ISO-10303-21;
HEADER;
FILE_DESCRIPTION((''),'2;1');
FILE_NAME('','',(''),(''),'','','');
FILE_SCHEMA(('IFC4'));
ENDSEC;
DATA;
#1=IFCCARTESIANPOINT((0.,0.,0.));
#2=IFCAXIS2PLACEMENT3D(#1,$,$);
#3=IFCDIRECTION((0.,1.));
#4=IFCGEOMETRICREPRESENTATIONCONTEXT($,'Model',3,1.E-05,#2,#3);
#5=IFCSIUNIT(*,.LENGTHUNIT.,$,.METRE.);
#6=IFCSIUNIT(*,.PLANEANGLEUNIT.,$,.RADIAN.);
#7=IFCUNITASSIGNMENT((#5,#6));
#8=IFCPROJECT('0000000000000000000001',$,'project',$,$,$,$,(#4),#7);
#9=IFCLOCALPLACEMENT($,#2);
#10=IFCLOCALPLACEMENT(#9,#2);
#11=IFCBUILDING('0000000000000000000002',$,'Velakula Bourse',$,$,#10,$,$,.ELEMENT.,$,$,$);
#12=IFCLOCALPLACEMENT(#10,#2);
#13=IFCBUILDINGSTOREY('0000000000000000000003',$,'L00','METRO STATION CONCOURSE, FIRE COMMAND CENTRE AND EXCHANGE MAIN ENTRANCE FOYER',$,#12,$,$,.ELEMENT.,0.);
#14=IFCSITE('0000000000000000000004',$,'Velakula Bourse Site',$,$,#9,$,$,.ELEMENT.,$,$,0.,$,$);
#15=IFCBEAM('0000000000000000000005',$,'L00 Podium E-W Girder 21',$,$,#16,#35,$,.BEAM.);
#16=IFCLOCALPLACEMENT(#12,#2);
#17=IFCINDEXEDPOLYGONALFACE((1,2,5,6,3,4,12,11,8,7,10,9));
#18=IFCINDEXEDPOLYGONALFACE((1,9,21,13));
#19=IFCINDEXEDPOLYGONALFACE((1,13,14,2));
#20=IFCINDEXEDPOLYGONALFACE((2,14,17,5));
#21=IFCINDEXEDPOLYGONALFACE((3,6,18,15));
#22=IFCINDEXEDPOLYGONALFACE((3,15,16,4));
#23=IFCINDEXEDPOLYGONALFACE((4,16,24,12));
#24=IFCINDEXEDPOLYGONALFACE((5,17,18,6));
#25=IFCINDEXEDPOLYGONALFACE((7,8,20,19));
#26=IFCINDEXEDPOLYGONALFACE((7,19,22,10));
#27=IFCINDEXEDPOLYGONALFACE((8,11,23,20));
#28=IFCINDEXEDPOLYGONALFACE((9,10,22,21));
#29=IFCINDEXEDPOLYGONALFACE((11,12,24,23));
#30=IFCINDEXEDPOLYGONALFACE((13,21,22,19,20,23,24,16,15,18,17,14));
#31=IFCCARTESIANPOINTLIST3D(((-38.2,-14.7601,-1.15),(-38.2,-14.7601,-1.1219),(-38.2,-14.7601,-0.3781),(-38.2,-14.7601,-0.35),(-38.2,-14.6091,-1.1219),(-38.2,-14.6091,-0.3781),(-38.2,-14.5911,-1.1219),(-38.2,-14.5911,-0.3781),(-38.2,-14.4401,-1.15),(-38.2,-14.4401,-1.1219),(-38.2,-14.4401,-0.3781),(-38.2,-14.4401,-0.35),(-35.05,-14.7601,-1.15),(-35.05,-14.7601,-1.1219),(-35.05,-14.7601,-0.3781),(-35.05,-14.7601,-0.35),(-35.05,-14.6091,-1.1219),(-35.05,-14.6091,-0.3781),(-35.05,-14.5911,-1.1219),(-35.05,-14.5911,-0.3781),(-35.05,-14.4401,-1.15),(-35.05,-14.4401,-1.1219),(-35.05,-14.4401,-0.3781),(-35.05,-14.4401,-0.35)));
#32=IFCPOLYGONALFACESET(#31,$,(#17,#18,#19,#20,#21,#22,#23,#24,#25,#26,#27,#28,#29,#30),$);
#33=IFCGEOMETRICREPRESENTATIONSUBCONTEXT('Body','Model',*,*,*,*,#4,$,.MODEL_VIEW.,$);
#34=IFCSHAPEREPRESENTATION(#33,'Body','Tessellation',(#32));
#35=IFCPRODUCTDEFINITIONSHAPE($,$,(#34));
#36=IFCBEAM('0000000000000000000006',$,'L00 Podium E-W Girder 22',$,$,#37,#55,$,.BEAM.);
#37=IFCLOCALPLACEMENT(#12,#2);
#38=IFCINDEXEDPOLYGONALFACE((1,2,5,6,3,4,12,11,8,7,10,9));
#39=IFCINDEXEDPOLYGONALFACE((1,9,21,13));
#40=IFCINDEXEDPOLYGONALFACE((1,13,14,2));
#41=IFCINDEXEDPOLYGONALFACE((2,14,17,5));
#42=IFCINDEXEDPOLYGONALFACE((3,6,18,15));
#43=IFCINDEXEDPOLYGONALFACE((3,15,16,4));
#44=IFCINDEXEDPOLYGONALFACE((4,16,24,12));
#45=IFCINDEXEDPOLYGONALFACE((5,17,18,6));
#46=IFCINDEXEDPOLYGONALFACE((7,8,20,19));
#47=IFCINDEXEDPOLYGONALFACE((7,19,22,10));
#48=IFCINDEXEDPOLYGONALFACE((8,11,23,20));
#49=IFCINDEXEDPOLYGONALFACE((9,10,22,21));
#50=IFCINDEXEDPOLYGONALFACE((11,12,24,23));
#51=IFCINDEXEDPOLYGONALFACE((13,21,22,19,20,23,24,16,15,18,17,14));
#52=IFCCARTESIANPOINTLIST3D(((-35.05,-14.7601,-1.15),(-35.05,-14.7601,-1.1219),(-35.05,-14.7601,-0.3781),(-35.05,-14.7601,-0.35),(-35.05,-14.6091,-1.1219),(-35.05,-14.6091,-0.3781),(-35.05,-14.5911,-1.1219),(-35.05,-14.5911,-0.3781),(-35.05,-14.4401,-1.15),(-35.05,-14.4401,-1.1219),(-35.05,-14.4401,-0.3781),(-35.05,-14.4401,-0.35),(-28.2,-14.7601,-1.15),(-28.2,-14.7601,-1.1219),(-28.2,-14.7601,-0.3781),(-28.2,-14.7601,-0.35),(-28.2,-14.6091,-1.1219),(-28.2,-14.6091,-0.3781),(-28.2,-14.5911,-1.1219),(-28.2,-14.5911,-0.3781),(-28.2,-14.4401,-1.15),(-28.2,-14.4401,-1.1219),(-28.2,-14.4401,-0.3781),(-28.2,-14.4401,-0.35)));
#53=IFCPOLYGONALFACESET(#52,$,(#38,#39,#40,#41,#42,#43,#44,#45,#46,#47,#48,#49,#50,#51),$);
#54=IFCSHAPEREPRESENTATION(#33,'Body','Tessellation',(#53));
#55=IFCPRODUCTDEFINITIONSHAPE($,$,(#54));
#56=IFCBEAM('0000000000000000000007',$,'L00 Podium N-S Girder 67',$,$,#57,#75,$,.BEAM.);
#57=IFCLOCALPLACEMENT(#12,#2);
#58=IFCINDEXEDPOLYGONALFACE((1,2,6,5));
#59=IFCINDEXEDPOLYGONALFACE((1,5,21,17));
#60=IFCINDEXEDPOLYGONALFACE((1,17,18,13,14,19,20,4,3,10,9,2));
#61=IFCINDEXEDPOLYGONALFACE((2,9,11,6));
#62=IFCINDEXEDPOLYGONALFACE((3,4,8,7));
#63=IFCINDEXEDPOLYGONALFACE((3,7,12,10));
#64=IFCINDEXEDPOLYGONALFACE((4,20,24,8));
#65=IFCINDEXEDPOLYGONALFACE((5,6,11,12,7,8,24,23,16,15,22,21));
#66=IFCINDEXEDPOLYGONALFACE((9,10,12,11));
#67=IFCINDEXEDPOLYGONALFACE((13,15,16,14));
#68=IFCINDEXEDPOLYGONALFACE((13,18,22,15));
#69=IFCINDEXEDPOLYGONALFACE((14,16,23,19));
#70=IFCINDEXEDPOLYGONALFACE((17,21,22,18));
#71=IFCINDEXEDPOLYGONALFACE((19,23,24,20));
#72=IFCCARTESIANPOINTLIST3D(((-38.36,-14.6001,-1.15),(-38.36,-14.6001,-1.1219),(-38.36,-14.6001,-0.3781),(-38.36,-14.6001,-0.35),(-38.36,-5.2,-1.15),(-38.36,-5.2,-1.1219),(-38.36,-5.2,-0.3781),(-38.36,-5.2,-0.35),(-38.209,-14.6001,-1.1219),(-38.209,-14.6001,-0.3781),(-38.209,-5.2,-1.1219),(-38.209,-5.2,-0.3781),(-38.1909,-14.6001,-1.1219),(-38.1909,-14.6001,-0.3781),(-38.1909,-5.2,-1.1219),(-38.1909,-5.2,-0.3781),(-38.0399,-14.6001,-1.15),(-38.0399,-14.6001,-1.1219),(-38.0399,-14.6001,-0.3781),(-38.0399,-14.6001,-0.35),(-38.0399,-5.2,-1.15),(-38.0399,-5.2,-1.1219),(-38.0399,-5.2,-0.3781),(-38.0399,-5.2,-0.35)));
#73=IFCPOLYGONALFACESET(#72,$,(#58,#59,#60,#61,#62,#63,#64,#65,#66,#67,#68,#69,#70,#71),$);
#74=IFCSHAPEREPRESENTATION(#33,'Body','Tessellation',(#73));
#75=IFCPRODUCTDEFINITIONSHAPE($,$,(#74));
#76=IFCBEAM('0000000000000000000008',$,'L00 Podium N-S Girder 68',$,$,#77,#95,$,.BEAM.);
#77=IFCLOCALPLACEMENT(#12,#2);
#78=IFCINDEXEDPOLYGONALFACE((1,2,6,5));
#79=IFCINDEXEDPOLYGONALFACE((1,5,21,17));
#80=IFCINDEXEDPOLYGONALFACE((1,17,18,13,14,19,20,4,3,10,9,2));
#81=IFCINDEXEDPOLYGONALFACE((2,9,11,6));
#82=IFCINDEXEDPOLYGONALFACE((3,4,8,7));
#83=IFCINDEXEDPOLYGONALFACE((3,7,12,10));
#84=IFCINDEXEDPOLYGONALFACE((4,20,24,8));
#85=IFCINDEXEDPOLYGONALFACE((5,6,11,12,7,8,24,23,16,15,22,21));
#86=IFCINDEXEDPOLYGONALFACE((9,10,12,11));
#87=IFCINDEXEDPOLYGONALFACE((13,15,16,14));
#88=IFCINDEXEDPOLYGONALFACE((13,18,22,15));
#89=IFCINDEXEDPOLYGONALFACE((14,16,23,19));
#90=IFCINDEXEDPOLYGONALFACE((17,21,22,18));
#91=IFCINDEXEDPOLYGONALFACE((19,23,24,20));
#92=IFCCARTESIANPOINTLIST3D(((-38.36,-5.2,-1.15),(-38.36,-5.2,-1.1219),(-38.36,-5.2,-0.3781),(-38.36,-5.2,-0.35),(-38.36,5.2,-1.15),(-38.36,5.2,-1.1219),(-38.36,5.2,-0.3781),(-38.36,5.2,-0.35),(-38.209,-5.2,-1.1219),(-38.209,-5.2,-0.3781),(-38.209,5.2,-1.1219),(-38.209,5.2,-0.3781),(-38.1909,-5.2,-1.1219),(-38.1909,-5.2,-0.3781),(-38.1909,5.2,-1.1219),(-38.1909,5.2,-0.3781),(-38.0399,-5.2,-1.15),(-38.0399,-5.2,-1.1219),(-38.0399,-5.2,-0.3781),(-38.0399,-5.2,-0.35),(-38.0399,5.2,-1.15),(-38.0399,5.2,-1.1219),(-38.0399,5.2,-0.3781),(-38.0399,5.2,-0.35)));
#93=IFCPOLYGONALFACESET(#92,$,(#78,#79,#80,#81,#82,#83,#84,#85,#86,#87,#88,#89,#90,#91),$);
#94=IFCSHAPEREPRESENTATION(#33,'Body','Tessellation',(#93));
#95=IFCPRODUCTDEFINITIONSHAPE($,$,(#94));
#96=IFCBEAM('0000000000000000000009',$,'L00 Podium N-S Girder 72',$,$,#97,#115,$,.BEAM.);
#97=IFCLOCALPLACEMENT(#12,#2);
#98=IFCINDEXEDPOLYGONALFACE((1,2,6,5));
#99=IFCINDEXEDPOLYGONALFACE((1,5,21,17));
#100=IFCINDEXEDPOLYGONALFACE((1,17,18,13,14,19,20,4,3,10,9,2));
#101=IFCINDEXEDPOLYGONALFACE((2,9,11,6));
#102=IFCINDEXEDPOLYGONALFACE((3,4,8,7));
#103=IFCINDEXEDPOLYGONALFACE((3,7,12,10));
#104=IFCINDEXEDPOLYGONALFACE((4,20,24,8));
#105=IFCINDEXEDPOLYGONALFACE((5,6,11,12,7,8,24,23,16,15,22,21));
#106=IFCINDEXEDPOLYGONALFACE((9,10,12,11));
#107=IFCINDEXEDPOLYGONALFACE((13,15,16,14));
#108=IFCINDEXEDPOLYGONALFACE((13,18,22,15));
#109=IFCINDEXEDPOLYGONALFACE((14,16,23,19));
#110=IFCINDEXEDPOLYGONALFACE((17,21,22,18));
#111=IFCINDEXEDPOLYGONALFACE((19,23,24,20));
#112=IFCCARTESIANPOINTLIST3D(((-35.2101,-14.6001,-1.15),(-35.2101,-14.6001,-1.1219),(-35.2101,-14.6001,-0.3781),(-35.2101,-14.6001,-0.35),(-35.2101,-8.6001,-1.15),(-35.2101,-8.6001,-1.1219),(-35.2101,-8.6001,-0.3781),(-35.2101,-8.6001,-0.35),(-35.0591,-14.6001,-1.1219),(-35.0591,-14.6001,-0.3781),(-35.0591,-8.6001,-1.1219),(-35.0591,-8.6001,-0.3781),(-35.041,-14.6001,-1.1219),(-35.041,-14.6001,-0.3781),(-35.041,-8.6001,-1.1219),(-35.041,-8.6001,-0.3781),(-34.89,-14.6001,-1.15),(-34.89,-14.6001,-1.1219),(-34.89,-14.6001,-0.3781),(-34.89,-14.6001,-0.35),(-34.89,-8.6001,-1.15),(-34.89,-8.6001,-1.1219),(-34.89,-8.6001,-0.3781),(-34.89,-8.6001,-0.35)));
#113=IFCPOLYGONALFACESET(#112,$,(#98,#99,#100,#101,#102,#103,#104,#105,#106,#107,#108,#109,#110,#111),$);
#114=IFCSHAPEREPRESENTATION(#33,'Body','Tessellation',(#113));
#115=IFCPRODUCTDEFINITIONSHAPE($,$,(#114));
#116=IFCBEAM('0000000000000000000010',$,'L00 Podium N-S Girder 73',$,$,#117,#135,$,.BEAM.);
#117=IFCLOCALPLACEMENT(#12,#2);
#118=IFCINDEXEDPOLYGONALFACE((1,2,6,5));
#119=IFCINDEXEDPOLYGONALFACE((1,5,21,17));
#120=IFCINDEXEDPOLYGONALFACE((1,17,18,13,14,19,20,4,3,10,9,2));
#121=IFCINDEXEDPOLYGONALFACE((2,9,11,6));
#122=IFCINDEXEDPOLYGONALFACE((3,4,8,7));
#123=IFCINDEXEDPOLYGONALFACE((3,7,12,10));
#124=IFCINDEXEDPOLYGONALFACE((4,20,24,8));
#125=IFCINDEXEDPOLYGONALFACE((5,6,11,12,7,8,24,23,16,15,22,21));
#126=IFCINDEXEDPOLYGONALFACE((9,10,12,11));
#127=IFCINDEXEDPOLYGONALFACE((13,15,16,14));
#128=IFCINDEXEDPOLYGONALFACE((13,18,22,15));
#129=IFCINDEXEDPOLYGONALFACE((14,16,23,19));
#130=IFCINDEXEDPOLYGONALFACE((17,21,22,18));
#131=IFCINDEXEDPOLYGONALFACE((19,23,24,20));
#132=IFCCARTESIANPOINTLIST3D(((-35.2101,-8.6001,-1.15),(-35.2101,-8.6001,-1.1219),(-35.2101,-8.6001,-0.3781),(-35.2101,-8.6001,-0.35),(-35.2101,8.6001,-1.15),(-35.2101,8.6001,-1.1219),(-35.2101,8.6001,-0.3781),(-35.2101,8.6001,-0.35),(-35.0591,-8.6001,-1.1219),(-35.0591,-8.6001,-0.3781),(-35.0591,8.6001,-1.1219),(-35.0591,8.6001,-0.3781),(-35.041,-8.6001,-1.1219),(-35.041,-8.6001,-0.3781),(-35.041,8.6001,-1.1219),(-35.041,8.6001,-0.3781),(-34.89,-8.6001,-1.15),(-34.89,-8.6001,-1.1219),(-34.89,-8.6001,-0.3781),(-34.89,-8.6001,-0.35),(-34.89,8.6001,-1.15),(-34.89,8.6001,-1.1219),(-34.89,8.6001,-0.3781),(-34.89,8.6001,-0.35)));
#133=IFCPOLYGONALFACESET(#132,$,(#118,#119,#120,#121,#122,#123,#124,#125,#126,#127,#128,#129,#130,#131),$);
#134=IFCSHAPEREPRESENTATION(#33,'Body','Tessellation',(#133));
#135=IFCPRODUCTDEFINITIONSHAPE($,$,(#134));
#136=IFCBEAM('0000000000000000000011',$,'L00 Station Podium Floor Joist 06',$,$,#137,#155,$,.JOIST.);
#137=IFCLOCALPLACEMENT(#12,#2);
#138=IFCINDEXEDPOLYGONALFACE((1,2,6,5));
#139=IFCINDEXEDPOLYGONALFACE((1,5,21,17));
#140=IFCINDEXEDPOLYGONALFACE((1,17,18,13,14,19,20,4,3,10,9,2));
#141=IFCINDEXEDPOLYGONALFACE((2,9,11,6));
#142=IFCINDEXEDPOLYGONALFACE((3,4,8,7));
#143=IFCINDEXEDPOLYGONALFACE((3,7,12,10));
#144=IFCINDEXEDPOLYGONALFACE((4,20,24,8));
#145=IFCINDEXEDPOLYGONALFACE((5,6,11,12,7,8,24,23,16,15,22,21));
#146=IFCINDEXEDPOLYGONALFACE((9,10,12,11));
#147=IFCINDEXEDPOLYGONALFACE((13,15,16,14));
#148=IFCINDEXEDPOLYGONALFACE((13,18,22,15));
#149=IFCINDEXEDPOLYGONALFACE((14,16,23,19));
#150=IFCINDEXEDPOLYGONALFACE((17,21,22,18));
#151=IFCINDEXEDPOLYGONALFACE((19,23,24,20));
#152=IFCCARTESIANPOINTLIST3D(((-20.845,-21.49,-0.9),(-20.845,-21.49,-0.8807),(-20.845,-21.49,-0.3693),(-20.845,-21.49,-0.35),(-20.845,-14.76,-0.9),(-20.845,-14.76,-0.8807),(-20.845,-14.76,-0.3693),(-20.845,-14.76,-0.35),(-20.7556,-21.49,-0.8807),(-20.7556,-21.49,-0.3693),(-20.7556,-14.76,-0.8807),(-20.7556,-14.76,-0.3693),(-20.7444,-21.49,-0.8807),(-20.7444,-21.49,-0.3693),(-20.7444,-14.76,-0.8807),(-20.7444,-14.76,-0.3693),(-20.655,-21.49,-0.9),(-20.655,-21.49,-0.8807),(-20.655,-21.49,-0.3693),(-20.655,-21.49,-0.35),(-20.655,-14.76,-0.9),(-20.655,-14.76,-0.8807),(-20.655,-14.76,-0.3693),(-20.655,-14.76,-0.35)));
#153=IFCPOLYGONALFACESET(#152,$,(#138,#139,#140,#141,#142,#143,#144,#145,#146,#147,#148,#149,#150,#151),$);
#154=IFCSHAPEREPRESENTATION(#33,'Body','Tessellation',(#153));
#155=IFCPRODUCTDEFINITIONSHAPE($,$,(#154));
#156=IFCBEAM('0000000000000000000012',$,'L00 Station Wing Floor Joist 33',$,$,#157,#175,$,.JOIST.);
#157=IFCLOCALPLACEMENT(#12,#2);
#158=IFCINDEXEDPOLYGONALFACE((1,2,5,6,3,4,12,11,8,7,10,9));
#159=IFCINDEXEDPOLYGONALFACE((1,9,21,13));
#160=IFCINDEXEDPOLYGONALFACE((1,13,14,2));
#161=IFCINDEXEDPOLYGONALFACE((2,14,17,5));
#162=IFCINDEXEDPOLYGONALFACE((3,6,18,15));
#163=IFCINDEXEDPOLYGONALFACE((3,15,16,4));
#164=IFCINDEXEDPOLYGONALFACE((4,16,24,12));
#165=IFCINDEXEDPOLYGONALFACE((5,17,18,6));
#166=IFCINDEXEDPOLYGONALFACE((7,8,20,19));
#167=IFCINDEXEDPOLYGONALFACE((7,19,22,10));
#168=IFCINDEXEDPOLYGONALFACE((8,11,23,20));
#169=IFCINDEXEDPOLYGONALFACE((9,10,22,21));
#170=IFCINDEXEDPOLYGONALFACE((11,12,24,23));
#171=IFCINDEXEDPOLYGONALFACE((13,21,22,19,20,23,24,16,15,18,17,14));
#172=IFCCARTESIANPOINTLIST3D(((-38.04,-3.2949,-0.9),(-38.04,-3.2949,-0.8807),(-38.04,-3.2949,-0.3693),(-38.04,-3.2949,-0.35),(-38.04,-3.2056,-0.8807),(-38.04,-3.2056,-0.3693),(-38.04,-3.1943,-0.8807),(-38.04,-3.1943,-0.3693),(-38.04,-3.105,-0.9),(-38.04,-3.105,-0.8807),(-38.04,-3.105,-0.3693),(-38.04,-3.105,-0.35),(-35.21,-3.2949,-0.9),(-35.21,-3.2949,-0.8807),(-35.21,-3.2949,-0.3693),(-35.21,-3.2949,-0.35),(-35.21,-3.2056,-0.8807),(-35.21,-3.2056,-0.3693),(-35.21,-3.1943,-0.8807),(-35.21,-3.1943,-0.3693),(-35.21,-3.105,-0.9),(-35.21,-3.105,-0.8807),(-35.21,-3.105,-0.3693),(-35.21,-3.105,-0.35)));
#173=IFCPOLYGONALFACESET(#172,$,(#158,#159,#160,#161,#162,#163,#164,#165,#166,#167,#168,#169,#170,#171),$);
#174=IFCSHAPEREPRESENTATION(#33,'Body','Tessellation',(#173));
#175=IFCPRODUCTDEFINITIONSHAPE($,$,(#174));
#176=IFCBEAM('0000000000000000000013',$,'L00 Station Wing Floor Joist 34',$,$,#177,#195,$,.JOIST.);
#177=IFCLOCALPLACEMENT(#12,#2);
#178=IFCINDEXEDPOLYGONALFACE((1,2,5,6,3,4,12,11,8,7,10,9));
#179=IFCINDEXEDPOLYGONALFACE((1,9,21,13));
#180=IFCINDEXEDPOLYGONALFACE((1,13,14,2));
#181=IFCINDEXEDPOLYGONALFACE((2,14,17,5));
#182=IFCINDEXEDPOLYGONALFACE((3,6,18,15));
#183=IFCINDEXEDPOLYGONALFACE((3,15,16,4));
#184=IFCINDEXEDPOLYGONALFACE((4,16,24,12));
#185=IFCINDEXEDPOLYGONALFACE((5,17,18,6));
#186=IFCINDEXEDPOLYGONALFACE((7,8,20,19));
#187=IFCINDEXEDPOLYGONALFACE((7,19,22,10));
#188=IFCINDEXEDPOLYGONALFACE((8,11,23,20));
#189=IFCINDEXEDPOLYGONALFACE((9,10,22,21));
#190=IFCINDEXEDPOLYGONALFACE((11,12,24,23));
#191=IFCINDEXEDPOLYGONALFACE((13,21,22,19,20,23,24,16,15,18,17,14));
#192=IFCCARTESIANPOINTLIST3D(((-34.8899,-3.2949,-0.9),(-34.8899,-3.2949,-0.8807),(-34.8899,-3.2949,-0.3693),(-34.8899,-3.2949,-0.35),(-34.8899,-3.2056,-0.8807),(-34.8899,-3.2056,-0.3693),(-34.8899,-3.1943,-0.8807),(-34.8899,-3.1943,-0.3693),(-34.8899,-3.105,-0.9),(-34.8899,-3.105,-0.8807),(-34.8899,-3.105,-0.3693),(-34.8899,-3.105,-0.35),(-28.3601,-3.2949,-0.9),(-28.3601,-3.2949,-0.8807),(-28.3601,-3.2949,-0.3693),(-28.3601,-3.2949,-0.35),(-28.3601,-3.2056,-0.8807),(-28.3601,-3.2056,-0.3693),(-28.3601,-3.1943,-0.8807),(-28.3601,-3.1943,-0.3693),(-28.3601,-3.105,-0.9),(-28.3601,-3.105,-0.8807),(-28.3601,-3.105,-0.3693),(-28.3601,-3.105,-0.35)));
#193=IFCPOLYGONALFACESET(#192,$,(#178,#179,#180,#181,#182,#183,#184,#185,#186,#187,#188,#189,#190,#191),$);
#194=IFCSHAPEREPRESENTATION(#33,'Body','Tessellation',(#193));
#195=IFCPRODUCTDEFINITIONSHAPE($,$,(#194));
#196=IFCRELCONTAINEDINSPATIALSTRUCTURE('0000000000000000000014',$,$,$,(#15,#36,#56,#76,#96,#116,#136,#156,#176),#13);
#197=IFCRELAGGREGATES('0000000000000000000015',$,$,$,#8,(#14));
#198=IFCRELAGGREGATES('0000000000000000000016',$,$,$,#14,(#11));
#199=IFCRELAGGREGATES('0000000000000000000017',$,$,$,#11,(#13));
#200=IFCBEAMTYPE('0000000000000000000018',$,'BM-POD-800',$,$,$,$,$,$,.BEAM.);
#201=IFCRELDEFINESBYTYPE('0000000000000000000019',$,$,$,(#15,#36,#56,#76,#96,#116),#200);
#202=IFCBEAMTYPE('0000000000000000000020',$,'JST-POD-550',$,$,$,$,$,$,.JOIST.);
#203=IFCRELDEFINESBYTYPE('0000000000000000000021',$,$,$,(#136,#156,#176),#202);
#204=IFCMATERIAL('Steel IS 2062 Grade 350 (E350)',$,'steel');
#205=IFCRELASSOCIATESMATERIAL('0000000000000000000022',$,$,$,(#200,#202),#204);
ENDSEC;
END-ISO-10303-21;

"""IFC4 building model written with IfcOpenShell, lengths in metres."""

from ifc_helpers import new_model, si_unit, direction, frame, origin, origin_2d, place, context, subcontext, project, spatial, i_section, extrude, material, material_profile, profile_set, type_object, element, save


model = new_model("IFC4")

# Units and contexts
model_context = context("Model", 3, precision=1e-05, world=origin(), true_north=direction((0.0, 1.0)))
body_context = subcontext(model_context, "Body", "Model", "MODEL_VIEW")
ifc_project = project(units=[si_unit("LENGTHUNIT", "METRE"), si_unit("PLANEANGLEUNIT", "RADIAN")], contexts=[model_context])

# Site, building, storey
site_placement = place(None, origin())
site = spatial("IfcSite", under=ifc_project, at=site_placement, Name="Velakula Bourse Site", CompositionType="ELEMENT", RefElevation=0.0)
building_placement = place(site_placement, origin())
building = spatial("IfcBuilding", under=site, at=building_placement, Name="Velakula Bourse", CompositionType="ELEMENT")
storey_placement = place(building_placement, origin())
storey = spatial("IfcBuildingStorey", under=building, at=storey_placement, Name="L00", Description="METRO STATION CONCOURSE, FIRE COMMAND CENTRE AND EXCHANGE MAIN ENTRANCE FOYER", CompositionType="ELEMENT", Elevation=0.0)

# Beams
ifc_material_1 = material(Name="Steel IS 2062 Grade 350 (E350)", Category="steel")
ifc_material_profile_1 = material_profile(ifc_material_1, i_section(OverallWidth=0.3201, OverallDepth=0.8, WebThickness=0.0181, FlangeThickness=0.0281, at=origin_2d()), Name="Steel IS 2062 Grade 350 (E350)")
ifc_profile_set_1 = profile_set([ifc_material_profile_1], Name="Steel IS 2062 Grade 350 (E350)")
beam_type_1 = type_object("IfcBeamType", Name="BM-POD-800", PredefinedType="BEAM", material=ifc_profile_set_1)
beam_1_placement = place(storey_placement, frame((-38.2, -14.6001, -0.75), z_axis=(1.0, 0.0, 0.0), x_axis=(0.0, 1.0, 0.0)))
element("IfcBeam", 1, at=beam_1_placement, inside=storey, type_object=beam_type_1, Name="L00 Podium E-W Girder 21", PredefinedType="BEAM", context=body_context, shape_type="SweptSolid", body=[
    extrude(i_section(OverallWidth=0.3201, OverallDepth=0.8, WebThickness=0.0181, FlangeThickness=0.0281, at=origin_2d()), origin(), (0.0, 0.0, 1.0), 3.1499),
])
beam_2_placement = place(storey_placement, frame((-35.05, -14.6001, -0.75), z_axis=(1.0, 0.0, 0.0), x_axis=(0.0, 1.0, 0.0)))
element("IfcBeam", 2, at=beam_2_placement, inside=storey, type_object=beam_type_1, Name="L00 Podium E-W Girder 22", PredefinedType="BEAM", context=body_context, shape_type="SweptSolid", body=[
    extrude(i_section(OverallWidth=0.3201, OverallDepth=0.8, WebThickness=0.0181, FlangeThickness=0.0281, at=origin_2d()), origin(), (0.0, 0.0, 1.0), 6.8501),
])
beam_3_placement = place(storey_placement, frame((-38.2, -14.6001, -0.75), z_axis=(0.0, 1.0, 0.0), x_axis=(-1.0, 0.0, 0.0)))
element("IfcBeam", 3, at=beam_3_placement, inside=storey, type_object=beam_type_1, Name="L00 Podium N-S Girder 67", PredefinedType="BEAM", context=body_context, shape_type="SweptSolid", body=[
    extrude(i_section(OverallWidth=0.3201, OverallDepth=0.8, WebThickness=0.0181, FlangeThickness=0.0281, at=origin_2d()), origin(), (0.0, 0.0, 1.0), 9.4001),
])
beam_4_placement = place(storey_placement, frame((-38.2, -5.2, -0.75), z_axis=(0.0, 1.0, 0.0), x_axis=(-1.0, 0.0, 0.0)))
element("IfcBeam", 4, at=beam_4_placement, inside=storey, type_object=beam_type_1, Name="L00 Podium N-S Girder 68", PredefinedType="BEAM", context=body_context, shape_type="SweptSolid", body=[
    extrude(i_section(OverallWidth=0.3201, OverallDepth=0.8, WebThickness=0.0181, FlangeThickness=0.0281, at=origin_2d()), origin(), (0.0, 0.0, 1.0), 10.3999),
])
beam_5_placement = place(storey_placement, frame((-35.05, -14.6001, -0.75), z_axis=(0.0, 1.0, 0.0), x_axis=(-1.0, 0.0, 0.0)))
element("IfcBeam", 5, at=beam_5_placement, inside=storey, type_object=beam_type_1, Name="L00 Podium N-S Girder 72", PredefinedType="BEAM", context=body_context, shape_type="SweptSolid", body=[
    extrude(i_section(OverallWidth=0.3201, OverallDepth=0.8, WebThickness=0.0181, FlangeThickness=0.0281, at=origin_2d()), origin(), (0.0, 0.0, 1.0), 6.0),
])
beam_6_placement = place(storey_placement, frame((-35.05, -8.6001, -0.75), z_axis=(0.0, 1.0, 0.0), x_axis=(-1.0, 0.0, 0.0)))
element("IfcBeam", 6, at=beam_6_placement, inside=storey, type_object=beam_type_1, Name="L00 Podium N-S Girder 73", PredefinedType="BEAM", context=body_context, shape_type="SweptSolid", body=[
    extrude(i_section(OverallWidth=0.3201, OverallDepth=0.8, WebThickness=0.0181, FlangeThickness=0.0281, at=origin_2d()), origin(), (0.0, 0.0, 1.0), 17.2002),
])
ifc_material_profile_2 = material_profile(ifc_material_1, i_section(OverallWidth=0.1899, OverallDepth=0.55, WebThickness=0.0112, FlangeThickness=0.0193, at=origin_2d()), Name="Steel IS 2062 Grade 350 (E350)")
ifc_profile_set_2 = profile_set([ifc_material_profile_2], Name="Steel IS 2062 Grade 350 (E350)")
beam_type_2 = type_object("IfcBeamType", Name="JST-POD-550", PredefinedType="JOIST", material=ifc_profile_set_2)
beam_7_placement = place(storey_placement, frame((-20.75, -21.49, -0.625), z_axis=(0.0, 1.0, 0.0), x_axis=(-1.0, 0.0, 0.0)))
element("IfcBeam", 7, at=beam_7_placement, inside=storey, type_object=beam_type_2, Name="L00 Station Podium Floor Joist 06", PredefinedType="JOIST", context=body_context, shape_type="SweptSolid", body=[
    extrude(i_section(OverallWidth=0.1899, OverallDepth=0.55, WebThickness=0.0112, FlangeThickness=0.0193, at=origin_2d()), origin(), (0.0, 0.0, 1.0), 6.73),
])
beam_8_placement = place(storey_placement, frame((-38.04, -3.2, -0.625), z_axis=(1.0, 0.0, 0.0), x_axis=(0.0, 1.0, 0.0)))
element("IfcBeam", 8, at=beam_8_placement, inside=storey, type_object=beam_type_2, Name="L00 Station Wing Floor Joist 33", PredefinedType="JOIST", context=body_context, shape_type="SweptSolid", body=[
    extrude(i_section(OverallWidth=0.1899, OverallDepth=0.55, WebThickness=0.0112, FlangeThickness=0.0193, at=origin_2d()), origin(), (0.0, 0.0, 1.0), 2.8301),
])
beam_9_placement = place(storey_placement, frame((-34.8899, -3.2, -0.625), z_axis=(1.0, 0.0, 0.0), x_axis=(0.0, 1.0, 0.0)))
element("IfcBeam", 9, at=beam_9_placement, inside=storey, type_object=beam_type_2, Name="L00 Station Wing Floor Joist 34", PredefinedType="JOIST", context=body_context, shape_type="SweptSolid", body=[
    extrude(i_section(OverallWidth=0.1899, OverallDepth=0.55, WebThickness=0.0112, FlangeThickness=0.0193, at=origin_2d()), origin(), (0.0, 0.0, 1.0), 6.5298),
])

save(model, "model.ifc")
